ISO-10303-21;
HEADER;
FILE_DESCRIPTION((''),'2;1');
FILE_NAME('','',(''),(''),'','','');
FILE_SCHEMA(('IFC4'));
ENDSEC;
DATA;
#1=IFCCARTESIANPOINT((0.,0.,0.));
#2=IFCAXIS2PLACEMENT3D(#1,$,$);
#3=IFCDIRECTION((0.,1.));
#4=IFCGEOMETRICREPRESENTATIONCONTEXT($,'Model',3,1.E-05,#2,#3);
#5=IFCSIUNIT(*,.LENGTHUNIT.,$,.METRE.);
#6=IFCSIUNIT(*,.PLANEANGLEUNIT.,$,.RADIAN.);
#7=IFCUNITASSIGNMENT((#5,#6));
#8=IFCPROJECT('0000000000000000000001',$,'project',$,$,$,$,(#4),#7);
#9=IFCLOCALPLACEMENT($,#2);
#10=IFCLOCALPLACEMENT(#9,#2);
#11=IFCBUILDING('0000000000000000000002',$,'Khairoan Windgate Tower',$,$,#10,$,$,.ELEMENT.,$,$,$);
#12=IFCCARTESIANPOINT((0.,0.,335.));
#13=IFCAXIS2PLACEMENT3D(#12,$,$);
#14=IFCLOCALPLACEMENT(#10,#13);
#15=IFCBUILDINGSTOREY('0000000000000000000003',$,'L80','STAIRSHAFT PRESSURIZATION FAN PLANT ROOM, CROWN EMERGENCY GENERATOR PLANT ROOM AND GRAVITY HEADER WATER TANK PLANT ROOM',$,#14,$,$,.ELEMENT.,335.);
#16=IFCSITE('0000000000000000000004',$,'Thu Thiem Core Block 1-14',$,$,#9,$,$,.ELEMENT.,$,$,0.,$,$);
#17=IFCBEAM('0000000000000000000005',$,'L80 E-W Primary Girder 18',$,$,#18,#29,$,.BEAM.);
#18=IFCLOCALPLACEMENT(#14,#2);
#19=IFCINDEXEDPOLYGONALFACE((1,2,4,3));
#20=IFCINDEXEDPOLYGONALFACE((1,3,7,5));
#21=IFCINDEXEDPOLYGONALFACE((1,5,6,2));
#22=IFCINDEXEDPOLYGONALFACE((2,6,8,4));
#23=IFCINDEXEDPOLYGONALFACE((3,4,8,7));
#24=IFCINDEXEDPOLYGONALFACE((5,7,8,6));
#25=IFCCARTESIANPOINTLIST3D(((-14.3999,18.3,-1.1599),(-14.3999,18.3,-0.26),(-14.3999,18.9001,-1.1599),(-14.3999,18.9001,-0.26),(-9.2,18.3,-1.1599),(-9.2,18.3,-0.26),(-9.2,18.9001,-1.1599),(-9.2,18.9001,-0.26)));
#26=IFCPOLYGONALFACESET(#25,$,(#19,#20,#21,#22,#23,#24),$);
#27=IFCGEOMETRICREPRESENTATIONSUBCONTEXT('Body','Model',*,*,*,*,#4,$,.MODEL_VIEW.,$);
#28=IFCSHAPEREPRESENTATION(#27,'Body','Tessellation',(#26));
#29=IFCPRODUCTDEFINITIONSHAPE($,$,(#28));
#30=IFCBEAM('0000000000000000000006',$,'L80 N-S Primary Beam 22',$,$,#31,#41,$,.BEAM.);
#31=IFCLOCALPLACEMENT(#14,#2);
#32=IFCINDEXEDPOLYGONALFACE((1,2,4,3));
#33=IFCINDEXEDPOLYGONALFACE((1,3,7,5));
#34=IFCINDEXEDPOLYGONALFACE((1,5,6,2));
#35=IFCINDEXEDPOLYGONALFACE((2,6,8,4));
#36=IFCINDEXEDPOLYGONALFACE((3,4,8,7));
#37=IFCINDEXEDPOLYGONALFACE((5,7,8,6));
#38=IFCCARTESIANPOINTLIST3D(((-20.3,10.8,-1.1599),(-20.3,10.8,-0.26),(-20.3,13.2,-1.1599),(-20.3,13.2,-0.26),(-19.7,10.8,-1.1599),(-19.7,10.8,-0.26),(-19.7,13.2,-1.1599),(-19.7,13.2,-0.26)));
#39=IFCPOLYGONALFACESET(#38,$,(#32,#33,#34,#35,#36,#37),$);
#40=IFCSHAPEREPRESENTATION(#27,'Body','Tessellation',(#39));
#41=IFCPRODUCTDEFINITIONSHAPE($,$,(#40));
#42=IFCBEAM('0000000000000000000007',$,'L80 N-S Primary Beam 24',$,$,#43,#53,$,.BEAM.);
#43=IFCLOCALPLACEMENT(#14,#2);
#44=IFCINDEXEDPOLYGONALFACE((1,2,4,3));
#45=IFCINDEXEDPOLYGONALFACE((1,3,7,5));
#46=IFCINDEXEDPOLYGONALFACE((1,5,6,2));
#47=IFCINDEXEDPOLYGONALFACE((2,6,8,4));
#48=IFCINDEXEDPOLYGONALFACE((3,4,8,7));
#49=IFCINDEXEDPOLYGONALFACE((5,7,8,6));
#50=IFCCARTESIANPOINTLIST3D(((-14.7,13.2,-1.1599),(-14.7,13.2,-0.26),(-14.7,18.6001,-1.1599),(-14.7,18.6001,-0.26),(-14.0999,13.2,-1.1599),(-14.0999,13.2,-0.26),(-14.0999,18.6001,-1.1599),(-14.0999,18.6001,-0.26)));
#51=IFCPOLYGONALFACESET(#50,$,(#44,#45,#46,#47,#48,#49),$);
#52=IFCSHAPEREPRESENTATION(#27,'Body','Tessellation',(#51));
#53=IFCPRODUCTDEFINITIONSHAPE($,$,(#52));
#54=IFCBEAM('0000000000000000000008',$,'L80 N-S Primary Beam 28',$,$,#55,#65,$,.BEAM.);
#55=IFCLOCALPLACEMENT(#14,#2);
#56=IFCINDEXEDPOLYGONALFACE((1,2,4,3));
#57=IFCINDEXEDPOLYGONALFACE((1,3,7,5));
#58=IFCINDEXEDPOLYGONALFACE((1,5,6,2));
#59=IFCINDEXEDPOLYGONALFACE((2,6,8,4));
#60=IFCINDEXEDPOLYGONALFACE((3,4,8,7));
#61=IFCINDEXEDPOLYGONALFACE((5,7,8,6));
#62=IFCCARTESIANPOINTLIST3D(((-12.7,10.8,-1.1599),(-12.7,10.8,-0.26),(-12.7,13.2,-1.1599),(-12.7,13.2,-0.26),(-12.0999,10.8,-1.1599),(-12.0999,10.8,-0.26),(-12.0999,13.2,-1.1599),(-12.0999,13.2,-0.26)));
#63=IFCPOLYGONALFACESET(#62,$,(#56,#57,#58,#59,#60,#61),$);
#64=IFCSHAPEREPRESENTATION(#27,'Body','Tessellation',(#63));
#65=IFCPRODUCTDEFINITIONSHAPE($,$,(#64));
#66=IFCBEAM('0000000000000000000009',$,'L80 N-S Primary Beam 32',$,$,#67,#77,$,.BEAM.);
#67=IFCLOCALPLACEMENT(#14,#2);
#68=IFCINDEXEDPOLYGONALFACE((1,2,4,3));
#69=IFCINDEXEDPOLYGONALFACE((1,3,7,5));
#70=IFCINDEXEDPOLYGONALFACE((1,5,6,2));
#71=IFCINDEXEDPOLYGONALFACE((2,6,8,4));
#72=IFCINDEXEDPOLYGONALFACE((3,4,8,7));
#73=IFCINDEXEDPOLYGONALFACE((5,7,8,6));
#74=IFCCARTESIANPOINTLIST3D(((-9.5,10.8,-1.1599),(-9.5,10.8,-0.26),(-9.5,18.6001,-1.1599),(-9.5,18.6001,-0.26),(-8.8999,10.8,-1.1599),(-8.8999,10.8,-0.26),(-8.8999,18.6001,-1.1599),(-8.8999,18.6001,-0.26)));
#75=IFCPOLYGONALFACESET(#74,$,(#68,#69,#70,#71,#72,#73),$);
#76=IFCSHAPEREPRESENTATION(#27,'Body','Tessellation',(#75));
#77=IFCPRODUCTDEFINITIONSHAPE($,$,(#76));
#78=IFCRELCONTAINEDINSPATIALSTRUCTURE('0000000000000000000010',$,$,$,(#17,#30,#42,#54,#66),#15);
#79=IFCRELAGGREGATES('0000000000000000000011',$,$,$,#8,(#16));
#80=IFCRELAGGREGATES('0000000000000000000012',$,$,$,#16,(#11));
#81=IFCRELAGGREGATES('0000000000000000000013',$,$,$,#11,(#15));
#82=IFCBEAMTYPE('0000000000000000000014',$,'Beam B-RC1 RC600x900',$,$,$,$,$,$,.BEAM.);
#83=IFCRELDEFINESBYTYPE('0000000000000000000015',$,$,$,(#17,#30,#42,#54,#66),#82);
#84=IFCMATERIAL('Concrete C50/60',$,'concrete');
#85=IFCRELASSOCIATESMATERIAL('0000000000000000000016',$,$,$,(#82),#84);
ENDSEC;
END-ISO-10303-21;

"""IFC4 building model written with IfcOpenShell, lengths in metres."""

from ifc_helpers import new_model, si_unit, direction, frame, origin, origin_2d, place, context, subcontext, project, spatial, rectangle, extrude, material, material_profile, profile_set, type_object, element, save


model = new_model("IFC4")

# Units and contexts
model_context = context("Model", 3, precision=1e-05, world=origin(), true_north=direction((0.0, 1.0)))
body_context = subcontext(model_context, "Body", "Model", "MODEL_VIEW")
ifc_project = project(units=[si_unit("LENGTHUNIT", "METRE"), si_unit("PLANEANGLEUNIT", "RADIAN")], contexts=[model_context])

# Site, building, storey
site_placement = place(None, origin())
site = spatial("IfcSite", under=ifc_project, at=site_placement, Name="Thu Thiem Core Block 1-14", CompositionType="ELEMENT", RefElevation=0.0)
building_placement = place(site_placement, origin())
building = spatial("IfcBuilding", under=site, at=building_placement, Name="Khairoan Windgate Tower", CompositionType="ELEMENT")
storey_placement = place(building_placement, frame((0.0, 0.0, 335.0)))
storey = spatial("IfcBuildingStorey", under=building, at=storey_placement, Name="L80", Description="STAIRSHAFT PRESSURIZATION FAN PLANT ROOM, CROWN EMERGENCY GENERATOR PLANT ROOM AND GRAVITY HEADER WATER TANK PLANT ROOM", CompositionType="ELEMENT", Elevation=335.0)

# Beams
ifc_material_1 = material(Name="Concrete C50/60", Category="concrete")
ifc_material_profile_1 = material_profile(ifc_material_1, rectangle(XDim=0.6001, YDim=0.8999, at=origin_2d()))
ifc_profile_set_1 = profile_set([ifc_material_profile_1], Name="Concrete C50/60")
beam_type = type_object("IfcBeamType", Name="Beam B-RC1 RC600x900", PredefinedType="BEAM", material=ifc_profile_set_1)
beam_1_placement = place(storey_placement, frame((-14.3999, 18.6001, -0.71), z_axis=(1.0, 0.0, 0.0), x_axis=(0.0, 1.0, 0.0)))
element("IfcBeam", 1, at=beam_1_placement, inside=storey, type_object=beam_type, Name="L80 E-W Primary Girder 18", PredefinedType="BEAM", context=body_context, shape_type="SweptSolid", body=[
    extrude(rectangle(XDim=0.6001, YDim=0.8999, at=origin_2d()), origin(), (0.0, 0.0, 1.0), 5.2),
])
beam_2_placement = place(storey_placement, frame((-20.0, 10.8, -0.71), z_axis=(0.0, 1.0, 0.0), x_axis=(-1.0, 0.0, 0.0)))
element("IfcBeam", 2, at=beam_2_placement, inside=storey, type_object=beam_type, Name="L80 N-S Primary Beam 22", PredefinedType="BEAM", context=body_context, shape_type="SweptSolid", body=[
    extrude(rectangle(XDim=0.6001, YDim=0.8999, at=origin_2d()), origin(), (0.0, 0.0, 1.0), 2.3999),
])
beam_3_placement = place(storey_placement, frame((-14.3999, 13.2, -0.71), z_axis=(0.0, 1.0, 0.0), x_axis=(-1.0, 0.0, 0.0)))
element("IfcBeam", 3, at=beam_3_placement, inside=storey, type_object=beam_type, Name="L80 N-S Primary Beam 24", PredefinedType="BEAM", context=body_context, shape_type="SweptSolid", body=[
    extrude(rectangle(XDim=0.6001, YDim=0.8999, at=origin_2d()), origin(), (0.0, 0.0, 1.0), 5.4001),
])
beam_4_placement = place(storey_placement, frame((-12.3999, 10.8, -0.71), z_axis=(0.0, 1.0, 0.0), x_axis=(-1.0, 0.0, 0.0)))
element("IfcBeam", 4, at=beam_4_placement, inside=storey, type_object=beam_type, Name="L80 N-S Primary Beam 28", PredefinedType="BEAM", context=body_context, shape_type="SweptSolid", body=[
    extrude(rectangle(XDim=0.6001, YDim=0.8999, at=origin_2d()), origin(), (0.0, 0.0, 1.0), 2.3999),
])
beam_5_placement = place(storey_placement, frame((-9.2, 10.8, -0.71), z_axis=(0.0, 1.0, 0.0), x_axis=(-1.0, 0.0, 0.0)))
element("IfcBeam", 5, at=beam_5_placement, inside=storey, type_object=beam_type, Name="L80 N-S Primary Beam 32", PredefinedType="BEAM", context=body_context, shape_type="SweptSolid", body=[
    extrude(rectangle(XDim=0.6001, YDim=0.8999, at=origin_2d()), origin(), (0.0, 0.0, 1.0), 7.8),
])

save(model, "model.ifc")
